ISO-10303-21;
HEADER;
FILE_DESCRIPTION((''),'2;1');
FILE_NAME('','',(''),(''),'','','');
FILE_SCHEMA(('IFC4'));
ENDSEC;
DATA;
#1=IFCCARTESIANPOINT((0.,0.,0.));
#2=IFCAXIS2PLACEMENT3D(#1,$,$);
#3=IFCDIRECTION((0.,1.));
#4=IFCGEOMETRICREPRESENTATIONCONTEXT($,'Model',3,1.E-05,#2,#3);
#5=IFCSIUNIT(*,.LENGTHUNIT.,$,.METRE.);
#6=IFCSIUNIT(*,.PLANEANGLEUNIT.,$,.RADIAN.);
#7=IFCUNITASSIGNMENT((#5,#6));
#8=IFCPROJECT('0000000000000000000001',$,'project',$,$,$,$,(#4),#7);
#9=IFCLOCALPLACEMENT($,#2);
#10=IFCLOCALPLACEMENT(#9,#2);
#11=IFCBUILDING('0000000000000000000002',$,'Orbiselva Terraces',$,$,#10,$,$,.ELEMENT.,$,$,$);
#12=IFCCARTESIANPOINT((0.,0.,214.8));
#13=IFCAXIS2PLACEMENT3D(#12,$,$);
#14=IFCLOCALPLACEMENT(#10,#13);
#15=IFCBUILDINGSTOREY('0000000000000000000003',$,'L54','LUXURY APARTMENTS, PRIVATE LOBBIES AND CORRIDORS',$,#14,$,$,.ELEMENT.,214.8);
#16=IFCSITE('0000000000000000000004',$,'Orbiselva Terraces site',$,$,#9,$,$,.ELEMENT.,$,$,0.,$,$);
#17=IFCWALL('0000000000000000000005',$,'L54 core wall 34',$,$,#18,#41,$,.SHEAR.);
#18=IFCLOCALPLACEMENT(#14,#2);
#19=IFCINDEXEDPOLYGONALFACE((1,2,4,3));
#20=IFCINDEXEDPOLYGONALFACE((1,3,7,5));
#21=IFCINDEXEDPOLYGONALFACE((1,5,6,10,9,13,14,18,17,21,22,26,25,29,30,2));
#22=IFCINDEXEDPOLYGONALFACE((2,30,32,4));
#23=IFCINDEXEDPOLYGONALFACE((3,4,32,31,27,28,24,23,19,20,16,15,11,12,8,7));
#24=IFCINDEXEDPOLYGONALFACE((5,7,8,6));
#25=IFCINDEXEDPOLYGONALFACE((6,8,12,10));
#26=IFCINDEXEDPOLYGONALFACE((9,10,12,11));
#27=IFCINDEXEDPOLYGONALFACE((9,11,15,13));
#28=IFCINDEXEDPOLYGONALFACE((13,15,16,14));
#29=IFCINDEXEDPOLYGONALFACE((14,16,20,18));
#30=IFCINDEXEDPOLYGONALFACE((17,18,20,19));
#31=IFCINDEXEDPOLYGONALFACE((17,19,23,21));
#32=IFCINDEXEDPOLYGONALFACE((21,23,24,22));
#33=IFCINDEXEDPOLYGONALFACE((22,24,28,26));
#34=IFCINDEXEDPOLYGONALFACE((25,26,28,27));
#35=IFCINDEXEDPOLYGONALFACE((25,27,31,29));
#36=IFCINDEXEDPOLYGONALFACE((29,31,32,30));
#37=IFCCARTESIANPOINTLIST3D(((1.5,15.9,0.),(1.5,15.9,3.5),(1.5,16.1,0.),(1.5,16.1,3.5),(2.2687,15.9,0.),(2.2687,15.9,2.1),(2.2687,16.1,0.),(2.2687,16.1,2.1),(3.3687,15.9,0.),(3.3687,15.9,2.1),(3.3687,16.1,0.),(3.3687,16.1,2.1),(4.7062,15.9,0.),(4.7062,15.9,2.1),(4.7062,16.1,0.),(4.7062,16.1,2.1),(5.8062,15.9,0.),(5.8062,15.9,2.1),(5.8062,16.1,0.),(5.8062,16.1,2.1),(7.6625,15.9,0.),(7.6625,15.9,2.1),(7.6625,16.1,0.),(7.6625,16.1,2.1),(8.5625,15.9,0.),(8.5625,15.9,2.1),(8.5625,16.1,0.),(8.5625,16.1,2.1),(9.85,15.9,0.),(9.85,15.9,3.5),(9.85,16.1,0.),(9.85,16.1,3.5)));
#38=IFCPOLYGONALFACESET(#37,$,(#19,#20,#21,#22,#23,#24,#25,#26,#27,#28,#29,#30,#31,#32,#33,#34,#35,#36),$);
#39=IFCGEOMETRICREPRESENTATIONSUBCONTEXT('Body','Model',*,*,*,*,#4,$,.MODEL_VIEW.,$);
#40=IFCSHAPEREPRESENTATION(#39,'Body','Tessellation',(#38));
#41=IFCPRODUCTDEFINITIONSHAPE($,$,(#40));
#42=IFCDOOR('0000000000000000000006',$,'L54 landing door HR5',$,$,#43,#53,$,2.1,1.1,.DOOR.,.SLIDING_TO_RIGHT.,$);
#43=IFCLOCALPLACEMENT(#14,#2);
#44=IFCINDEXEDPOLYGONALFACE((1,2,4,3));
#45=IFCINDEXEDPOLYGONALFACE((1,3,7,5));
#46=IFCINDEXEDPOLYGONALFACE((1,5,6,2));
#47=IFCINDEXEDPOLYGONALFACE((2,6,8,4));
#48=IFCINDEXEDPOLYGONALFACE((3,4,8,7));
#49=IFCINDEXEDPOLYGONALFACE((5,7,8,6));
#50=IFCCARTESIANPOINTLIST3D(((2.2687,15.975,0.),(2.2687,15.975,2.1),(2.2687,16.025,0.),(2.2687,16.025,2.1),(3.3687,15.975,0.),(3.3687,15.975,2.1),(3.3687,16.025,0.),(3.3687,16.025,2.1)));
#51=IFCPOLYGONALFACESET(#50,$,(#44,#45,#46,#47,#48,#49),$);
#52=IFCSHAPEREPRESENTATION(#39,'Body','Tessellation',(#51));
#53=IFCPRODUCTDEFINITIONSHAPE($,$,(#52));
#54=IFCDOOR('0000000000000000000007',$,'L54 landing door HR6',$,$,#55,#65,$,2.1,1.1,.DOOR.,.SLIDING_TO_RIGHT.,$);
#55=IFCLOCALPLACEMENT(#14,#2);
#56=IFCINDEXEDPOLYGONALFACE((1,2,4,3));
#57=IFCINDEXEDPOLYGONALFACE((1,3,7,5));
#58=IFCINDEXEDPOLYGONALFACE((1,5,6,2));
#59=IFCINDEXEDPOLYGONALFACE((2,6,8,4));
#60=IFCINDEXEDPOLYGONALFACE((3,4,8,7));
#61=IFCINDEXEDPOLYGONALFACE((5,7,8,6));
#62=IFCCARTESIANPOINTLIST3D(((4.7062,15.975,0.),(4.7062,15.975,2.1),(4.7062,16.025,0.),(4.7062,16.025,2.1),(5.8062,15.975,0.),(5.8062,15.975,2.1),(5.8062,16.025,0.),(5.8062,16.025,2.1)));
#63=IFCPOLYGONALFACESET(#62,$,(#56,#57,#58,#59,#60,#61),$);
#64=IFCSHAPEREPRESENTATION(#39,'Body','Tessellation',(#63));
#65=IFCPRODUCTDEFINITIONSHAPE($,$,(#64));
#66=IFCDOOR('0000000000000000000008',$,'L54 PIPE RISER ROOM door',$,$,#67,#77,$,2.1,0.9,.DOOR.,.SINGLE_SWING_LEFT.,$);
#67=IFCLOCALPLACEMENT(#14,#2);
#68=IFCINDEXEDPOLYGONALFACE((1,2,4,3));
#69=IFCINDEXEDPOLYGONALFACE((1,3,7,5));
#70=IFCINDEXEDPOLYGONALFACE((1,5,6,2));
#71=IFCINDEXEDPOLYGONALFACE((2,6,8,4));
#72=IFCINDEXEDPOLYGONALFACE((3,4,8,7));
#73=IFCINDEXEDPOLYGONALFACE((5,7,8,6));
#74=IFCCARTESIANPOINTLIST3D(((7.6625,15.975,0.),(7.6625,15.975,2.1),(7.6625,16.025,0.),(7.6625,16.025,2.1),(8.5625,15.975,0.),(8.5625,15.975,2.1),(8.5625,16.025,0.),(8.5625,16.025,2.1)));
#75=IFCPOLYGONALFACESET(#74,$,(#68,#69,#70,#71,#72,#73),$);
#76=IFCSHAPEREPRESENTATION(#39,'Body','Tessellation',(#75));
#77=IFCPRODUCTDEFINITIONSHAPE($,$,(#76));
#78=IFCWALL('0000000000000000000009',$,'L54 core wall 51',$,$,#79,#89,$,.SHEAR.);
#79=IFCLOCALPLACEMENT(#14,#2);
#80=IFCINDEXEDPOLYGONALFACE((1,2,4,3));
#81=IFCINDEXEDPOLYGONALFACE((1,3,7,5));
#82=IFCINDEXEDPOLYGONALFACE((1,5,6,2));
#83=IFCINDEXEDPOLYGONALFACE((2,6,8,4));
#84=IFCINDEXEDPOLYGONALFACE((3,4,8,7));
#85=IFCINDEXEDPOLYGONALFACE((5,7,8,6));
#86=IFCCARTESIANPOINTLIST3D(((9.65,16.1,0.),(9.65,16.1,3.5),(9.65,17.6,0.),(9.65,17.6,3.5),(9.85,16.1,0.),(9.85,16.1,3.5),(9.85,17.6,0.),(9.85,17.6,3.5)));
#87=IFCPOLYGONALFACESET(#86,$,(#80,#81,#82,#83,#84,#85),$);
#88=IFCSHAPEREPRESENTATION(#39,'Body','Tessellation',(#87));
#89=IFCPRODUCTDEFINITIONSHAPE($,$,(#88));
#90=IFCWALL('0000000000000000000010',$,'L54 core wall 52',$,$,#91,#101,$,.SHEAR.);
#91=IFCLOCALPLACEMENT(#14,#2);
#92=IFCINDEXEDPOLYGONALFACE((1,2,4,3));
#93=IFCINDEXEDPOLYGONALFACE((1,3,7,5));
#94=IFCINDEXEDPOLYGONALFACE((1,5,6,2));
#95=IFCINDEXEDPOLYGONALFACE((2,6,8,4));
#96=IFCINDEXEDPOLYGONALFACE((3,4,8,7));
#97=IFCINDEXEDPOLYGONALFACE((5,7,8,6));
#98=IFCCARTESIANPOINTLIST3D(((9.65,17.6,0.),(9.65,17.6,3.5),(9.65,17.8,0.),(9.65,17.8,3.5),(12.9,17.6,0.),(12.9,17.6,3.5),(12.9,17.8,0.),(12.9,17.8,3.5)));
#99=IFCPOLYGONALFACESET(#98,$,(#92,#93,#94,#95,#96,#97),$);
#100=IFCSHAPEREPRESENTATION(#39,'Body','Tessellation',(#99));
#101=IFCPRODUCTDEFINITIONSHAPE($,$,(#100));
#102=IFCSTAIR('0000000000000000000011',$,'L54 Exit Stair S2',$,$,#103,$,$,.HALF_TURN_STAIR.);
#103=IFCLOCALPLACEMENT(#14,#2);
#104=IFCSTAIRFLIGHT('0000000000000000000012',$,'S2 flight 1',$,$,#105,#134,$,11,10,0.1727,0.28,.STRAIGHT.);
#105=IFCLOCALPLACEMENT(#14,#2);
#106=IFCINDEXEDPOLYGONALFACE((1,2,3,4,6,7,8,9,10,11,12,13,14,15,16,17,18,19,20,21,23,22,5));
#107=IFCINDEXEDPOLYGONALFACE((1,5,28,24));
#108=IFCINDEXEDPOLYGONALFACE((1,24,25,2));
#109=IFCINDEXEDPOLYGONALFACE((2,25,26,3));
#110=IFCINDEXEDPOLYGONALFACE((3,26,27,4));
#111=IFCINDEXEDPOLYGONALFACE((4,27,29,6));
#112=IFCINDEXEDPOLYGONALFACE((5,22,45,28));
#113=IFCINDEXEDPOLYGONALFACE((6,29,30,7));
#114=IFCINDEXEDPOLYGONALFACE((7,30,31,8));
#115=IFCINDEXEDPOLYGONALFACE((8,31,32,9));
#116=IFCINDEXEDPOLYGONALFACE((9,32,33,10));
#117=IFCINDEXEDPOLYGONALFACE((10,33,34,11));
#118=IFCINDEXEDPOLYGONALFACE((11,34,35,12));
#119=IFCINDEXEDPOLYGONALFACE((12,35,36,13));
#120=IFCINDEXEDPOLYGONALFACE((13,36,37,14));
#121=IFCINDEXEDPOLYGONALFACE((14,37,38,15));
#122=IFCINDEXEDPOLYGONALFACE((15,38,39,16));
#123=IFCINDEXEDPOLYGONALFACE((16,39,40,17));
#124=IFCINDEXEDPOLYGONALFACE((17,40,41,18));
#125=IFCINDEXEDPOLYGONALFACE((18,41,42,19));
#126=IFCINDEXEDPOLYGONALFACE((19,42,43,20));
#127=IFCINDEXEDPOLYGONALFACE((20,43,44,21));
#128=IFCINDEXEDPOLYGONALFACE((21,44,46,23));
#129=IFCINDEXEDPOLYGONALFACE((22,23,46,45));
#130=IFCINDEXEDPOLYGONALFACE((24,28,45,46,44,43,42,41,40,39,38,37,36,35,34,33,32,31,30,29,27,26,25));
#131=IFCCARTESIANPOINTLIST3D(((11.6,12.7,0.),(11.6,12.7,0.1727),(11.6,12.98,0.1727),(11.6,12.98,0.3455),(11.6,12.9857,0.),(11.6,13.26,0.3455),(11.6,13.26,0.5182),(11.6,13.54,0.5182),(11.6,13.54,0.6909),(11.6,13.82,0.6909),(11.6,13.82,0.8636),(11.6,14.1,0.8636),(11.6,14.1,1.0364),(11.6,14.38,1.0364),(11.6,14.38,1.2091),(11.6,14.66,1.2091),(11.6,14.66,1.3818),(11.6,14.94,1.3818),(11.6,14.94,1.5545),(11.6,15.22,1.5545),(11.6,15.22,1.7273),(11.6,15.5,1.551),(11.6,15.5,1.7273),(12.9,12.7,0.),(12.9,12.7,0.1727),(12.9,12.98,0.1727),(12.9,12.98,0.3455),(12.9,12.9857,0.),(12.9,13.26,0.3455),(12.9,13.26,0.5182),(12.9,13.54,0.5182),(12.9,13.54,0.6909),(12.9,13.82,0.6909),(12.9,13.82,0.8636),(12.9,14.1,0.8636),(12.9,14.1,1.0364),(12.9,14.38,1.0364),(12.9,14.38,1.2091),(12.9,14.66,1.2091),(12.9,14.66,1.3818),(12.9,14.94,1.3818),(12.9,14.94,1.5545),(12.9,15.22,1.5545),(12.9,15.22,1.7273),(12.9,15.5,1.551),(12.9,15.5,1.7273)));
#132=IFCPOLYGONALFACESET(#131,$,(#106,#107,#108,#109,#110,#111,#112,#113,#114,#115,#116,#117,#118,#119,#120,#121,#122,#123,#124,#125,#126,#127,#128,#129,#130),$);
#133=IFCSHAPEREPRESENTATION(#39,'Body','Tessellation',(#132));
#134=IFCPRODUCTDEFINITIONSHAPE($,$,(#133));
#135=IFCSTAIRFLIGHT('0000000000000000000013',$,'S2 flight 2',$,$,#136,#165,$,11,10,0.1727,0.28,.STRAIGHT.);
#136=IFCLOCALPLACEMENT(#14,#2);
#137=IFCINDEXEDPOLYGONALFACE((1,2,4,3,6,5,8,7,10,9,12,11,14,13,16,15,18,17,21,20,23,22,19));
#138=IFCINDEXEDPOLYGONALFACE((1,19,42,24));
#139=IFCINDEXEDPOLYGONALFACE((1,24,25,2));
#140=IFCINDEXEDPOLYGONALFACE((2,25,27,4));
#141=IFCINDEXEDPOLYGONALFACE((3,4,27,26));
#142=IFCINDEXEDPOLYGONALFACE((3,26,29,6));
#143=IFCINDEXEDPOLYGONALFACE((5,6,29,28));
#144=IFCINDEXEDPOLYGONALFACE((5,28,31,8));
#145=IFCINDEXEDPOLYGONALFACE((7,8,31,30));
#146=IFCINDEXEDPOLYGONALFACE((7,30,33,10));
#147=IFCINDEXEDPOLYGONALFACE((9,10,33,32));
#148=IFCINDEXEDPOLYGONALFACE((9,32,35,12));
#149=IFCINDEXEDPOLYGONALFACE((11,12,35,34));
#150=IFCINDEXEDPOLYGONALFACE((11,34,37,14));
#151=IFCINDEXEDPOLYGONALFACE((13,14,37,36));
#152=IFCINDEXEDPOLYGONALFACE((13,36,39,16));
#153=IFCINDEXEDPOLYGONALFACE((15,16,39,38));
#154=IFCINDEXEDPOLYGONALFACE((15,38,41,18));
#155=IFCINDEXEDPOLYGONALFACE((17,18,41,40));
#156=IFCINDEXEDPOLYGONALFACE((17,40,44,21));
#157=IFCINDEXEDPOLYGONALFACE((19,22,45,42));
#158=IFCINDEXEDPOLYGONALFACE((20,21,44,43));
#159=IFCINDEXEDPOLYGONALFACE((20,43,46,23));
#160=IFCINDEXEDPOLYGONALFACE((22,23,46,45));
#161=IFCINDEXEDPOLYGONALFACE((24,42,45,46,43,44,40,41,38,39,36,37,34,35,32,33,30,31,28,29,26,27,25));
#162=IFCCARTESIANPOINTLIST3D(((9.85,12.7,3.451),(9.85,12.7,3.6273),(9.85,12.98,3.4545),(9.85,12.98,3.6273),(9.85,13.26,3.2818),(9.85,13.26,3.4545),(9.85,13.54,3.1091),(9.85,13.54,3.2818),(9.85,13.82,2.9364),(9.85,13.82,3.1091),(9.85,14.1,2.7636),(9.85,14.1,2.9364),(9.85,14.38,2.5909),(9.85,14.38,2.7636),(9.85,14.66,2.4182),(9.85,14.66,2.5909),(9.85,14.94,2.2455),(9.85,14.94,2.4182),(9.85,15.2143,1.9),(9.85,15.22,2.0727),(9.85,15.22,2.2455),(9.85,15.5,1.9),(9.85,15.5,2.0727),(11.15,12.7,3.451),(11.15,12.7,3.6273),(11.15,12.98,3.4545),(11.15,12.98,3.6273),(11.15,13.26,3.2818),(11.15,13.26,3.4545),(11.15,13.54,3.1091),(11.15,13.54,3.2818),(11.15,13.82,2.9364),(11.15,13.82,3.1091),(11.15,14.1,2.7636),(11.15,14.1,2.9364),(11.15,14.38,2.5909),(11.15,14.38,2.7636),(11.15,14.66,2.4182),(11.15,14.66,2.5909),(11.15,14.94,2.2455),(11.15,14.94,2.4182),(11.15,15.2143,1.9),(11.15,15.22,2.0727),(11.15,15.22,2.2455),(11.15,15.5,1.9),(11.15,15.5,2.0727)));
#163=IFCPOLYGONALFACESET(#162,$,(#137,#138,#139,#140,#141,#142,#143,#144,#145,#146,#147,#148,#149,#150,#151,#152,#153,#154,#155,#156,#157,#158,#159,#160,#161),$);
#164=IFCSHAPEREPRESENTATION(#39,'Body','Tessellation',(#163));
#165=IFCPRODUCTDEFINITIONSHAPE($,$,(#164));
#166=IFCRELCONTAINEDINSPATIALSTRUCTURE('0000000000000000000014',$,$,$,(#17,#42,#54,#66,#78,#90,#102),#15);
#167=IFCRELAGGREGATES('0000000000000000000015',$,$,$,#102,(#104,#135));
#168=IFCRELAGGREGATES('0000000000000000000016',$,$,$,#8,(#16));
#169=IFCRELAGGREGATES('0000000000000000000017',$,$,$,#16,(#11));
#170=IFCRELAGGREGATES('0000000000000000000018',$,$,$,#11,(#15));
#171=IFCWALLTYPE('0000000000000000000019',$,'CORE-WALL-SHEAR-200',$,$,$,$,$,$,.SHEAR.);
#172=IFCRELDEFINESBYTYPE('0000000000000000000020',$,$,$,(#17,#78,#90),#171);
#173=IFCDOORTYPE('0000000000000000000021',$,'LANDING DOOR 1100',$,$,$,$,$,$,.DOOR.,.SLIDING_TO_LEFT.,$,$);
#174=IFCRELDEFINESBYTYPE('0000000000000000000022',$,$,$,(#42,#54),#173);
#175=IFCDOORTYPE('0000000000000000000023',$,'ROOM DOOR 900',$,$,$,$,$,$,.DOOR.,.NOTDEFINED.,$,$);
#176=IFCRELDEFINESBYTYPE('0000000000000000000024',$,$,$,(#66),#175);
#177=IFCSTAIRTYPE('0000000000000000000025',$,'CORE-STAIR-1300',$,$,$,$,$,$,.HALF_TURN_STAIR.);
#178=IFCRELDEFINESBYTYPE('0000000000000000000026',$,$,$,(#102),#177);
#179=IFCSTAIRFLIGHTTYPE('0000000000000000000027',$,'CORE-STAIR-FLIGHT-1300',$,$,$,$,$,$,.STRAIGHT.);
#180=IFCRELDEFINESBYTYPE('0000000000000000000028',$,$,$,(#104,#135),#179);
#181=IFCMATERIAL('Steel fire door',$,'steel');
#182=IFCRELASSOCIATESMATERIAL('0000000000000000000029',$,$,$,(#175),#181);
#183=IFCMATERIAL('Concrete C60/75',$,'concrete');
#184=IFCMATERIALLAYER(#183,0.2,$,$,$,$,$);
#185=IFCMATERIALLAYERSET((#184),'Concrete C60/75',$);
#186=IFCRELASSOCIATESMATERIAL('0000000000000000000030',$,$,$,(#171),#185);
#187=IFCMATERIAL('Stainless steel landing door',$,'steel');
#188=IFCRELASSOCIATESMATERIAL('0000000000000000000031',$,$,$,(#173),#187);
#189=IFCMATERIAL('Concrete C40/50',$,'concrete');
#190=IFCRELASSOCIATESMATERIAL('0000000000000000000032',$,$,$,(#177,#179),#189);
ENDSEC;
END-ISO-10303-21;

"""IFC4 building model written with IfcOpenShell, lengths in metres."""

from ifc_helpers import new_model, si_unit, direction, frame, frame_2d, origin, place, context, subcontext, project, spatial, polyline, rectangle, outline, extrude, material, layer, layer_set, type_object, element, fill, aggregate, save


model = new_model("IFC4")

# Units and contexts
model_context = context("Model", 3, precision=1e-05, world=origin(), true_north=direction((0.0, 1.0)))
body_context = subcontext(model_context, "Body", "Model", "MODEL_VIEW")
ifc_project = project(units=[si_unit("LENGTHUNIT", "METRE"), si_unit("PLANEANGLEUNIT", "RADIAN")], contexts=[model_context])

# Site, building, storey
site_placement = place(None, origin())
site = spatial("IfcSite", under=ifc_project, at=site_placement, Name="Orbiselva Terraces site", CompositionType="ELEMENT", RefElevation=0.0)
building_placement = place(site_placement, origin())
building = spatial("IfcBuilding", under=site, at=building_placement, Name="Orbiselva Terraces", CompositionType="ELEMENT")
storey_placement = place(building_placement, frame((0.0, 0.0, 214.8)))
storey = spatial("IfcBuildingStorey", under=building, at=storey_placement, Name="L54", Description="LUXURY APARTMENTS, PRIVATE LOBBIES AND CORRIDORS", CompositionType="ELEMENT", Elevation=214.8)

# Shared definitions
ifc_material_1 = material(Name="Steel fire door", Category="steel")
door_type_1 = type_object("IfcDoorType", Name="ROOM DOOR 900", OperationType="NOTDEFINED", PredefinedType="DOOR", material=ifc_material_1)

# Shared definitions
ifc_material_2 = material(Name="Concrete C40/50", Category="concrete")
ifc_material_3 = material(Name="Concrete C60/75", Category="concrete")
ifc_layer_1 = layer(ifc_material_3, 0.2)
ifc_layer_set_1 = layer_set([ifc_layer_1], Name="Concrete C60/75")
wall_type_1 = type_object("IfcWallType", Name="CORE-WALL-SHEAR-200", PredefinedType="SHEAR", material=ifc_layer_set_1)

# Wall, openings, doors
wall_1_placement = place(storey_placement, frame((9.85, 16.0, 0.0), z_axis=(0.0, 0.0, 1.0), x_axis=(-1.0, 0.0, 0.0)))
wall_1 = element("IfcWall", 1, at=wall_1_placement, inside=storey, type_object=wall_type_1, Name="L54 core wall 34", PredefinedType="SHEAR", context=body_context, shape_type="SweptSolid", body=[
    extrude(rectangle(XDim=8.35, YDim=0.2, at=frame_2d((4.175, 0.0))), origin(), (0.0, 0.0, 1.0), 3.5),
])
opening_1_placement = place(wall_1_placement, frame((6.4813, 0.0, 0.0)))
opening_1 = element("IfcOpeningElement", 2, at=opening_1_placement, cuts=wall_1, PredefinedType="OPENING", context=body_context, shape_type="SweptSolid", body=[
    extrude(rectangle(XDim=1.1, YDim=2.1, at=frame_2d((0.55, 1.05))), frame((0.0, 0.11, 0.0), z_axis=(0.0, -1.0, 0.0), x_axis=(1.0, 0.0, 0.0)), (0.0, 0.0, 1.0), 0.22),
])
opening_2_placement = place(wall_1_placement, frame((4.0438, 0.0, 0.0)))
opening_2 = element("IfcOpeningElement", 3, at=opening_2_placement, cuts=wall_1, PredefinedType="OPENING", context=body_context, shape_type="SweptSolid", body=[
    extrude(rectangle(XDim=1.1, YDim=2.1, at=frame_2d((0.55, 1.05))), frame((0.0, 0.11, 0.0), z_axis=(0.0, -1.0, 0.0), x_axis=(1.0, 0.0, 0.0)), (0.0, 0.0, 1.0), 0.22),
])
opening_3_placement = place(wall_1_placement, frame((1.2875, 0.0, 0.0)))
opening_3 = element("IfcOpeningElement", 4, at=opening_3_placement, cuts=wall_1, PredefinedType="OPENING", context=body_context, shape_type="SweptSolid", body=[
    extrude(rectangle(XDim=0.9, YDim=2.1, at=frame_2d((0.45, 1.05))), frame((0.0, 0.11, 0.0), z_axis=(0.0, -1.0, 0.0), x_axis=(1.0, 0.0, 0.0)), (0.0, 0.0, 1.0), 0.22),
])
ifc_material_4 = material(Name="Stainless steel landing door", Category="steel")
door_type_2 = type_object("IfcDoorType", Name="LANDING DOOR 1100", OperationType="SLIDING_TO_LEFT", PredefinedType="DOOR", material=ifc_material_4)
door_1_placement = place(opening_1_placement, origin())
door_1 = element("IfcDoor", 5, at=door_1_placement, inside=storey, type_object=door_type_2, Name="L54 landing door HR5", OperationType="SLIDING_TO_RIGHT", OverallHeight=2.1, OverallWidth=1.1, PredefinedType="DOOR", context=body_context, shape_type="SweptSolid", body=[
    extrude(rectangle(XDim=1.1, YDim=2.1, at=frame_2d((0.55, 1.05))), frame((0.0, 0.025, 0.0), z_axis=(0.0, -1.0, 0.0), x_axis=(1.0, 0.0, 0.0)), (0.0, 0.0, 1.0), 0.05),
])
fill(opening_1, door_1)
door_2_placement = place(opening_2_placement, origin())
door_2 = element("IfcDoor", 6, at=door_2_placement, inside=storey, type_object=door_type_2, Name="L54 landing door HR6", OperationType="SLIDING_TO_RIGHT", OverallHeight=2.1, OverallWidth=1.1, PredefinedType="DOOR", context=body_context, shape_type="SweptSolid", body=[
    extrude(rectangle(XDim=1.1, YDim=2.1, at=frame_2d((0.55, 1.05))), frame((0.0, 0.025, 0.0), z_axis=(0.0, -1.0, 0.0), x_axis=(1.0, 0.0, 0.0)), (0.0, 0.0, 1.0), 0.05),
])
fill(opening_2, door_2)
door_3_placement = place(opening_3_placement, origin())
door_3 = element("IfcDoor", 7, at=door_3_placement, inside=storey, type_object=door_type_1, Name="L54 PIPE RISER ROOM door", OperationType="SINGLE_SWING_LEFT", OverallHeight=2.1, OverallWidth=0.9, PredefinedType="DOOR", context=body_context, shape_type="SweptSolid", body=[
    extrude(rectangle(XDim=0.9, YDim=2.1, at=frame_2d((0.45, 1.05))), frame((0.0, 0.025, 0.0), z_axis=(0.0, -1.0, 0.0), x_axis=(1.0, 0.0, 0.0)), (0.0, 0.0, 1.0), 0.05),
])
fill(opening_3, door_3)

# Walls
wall_2_placement = place(storey_placement, frame((9.75, 16.1, 0.0), z_axis=(0.0, 0.0, 1.0), x_axis=(0.0, 1.0, 0.0)))
element("IfcWall", 8, at=wall_2_placement, inside=storey, type_object=wall_type_1, Name="L54 core wall 51", PredefinedType="SHEAR", context=body_context, shape_type="SweptSolid", body=[
    extrude(rectangle(XDim=1.5, YDim=0.2, at=frame_2d((0.75, 0.0))), origin(), (0.0, 0.0, 1.0), 3.5),
])
wall_3_placement = place(storey_placement, frame((9.65, 17.7, 0.0), z_axis=(0.0, 0.0, 1.0), x_axis=(1.0, 0.0, 0.0)))
element("IfcWall", 9, at=wall_3_placement, inside=storey, type_object=wall_type_1, Name="L54 core wall 52", PredefinedType="SHEAR", context=body_context, shape_type="SweptSolid", body=[
    extrude(rectangle(XDim=3.25, YDim=0.2, at=frame_2d((1.625, 0.0))), origin(), (0.0, 0.0, 1.0), 3.5),
])

# Stair, stair flights
stair_type = type_object("IfcStairType", Name="CORE-STAIR-1300", PredefinedType="HALF_TURN_STAIR", material=ifc_material_2)
stair_placement = place(storey_placement, origin())
stair = element("IfcStair", 10, at=stair_placement, inside=storey, type_object=stair_type, Name="L54 Exit Stair S2", PredefinedType="HALF_TURN_STAIR")
stair_flight_type = type_object("IfcStairFlightType", Name="CORE-STAIR-FLIGHT-1300", PredefinedType="STRAIGHT", material=ifc_material_2)
stair_flight_1_placement = place(storey_placement, frame((12.25, 12.7, 0.0), z_axis=(0.0, 0.0, 1.0), x_axis=(0.0, 1.0, 0.0)))
stair_flight_1 = element("IfcStairFlight", 11, at=stair_flight_1_placement, type_object=stair_flight_type, Name="S2 flight 1", NumberOfRisers=11, NumberOfTreads=10, PredefinedType="STRAIGHT", RiserHeight=0.1727, TreadLength=0.28, context=body_context, shape_type="SweptSolid", body=[
    extrude(outline(polyline([(0.0, 0.0), (0.0, 0.1727), (0.28, 0.1727), (0.28, 0.3455), (0.56, 0.3455), (0.56, 0.5182), (0.84, 0.5182), (0.84, 0.6909), (1.12, 0.6909), (1.12, 0.8636), (1.4, 0.8636), (1.4, 1.0364), (1.68, 1.0364), (1.68, 1.2091), (1.96, 1.2091), (1.96, 1.3818), (2.24, 1.3818), (2.24, 1.5545), (2.52, 1.5545), (2.52, 1.7273), (2.8, 1.7273), (2.8, 1.9), (2.8, 1.551), (0.2857, 0.0), (0.0, 0.0)])), frame((0.0, 0.65, 0.0), z_axis=(0.0, -1.0, 0.0), x_axis=(1.0, 0.0, 0.0)), (0.0, 0.0, 1.0), 1.3),
])
stair_flight_2_placement = place(storey_placement, frame((10.5, 15.5, 1.9), z_axis=(0.0, 0.0, 1.0), x_axis=(0.0, -1.0, 0.0)))
stair_flight_2 = element("IfcStairFlight", 12, at=stair_flight_2_placement, type_object=stair_flight_type, Name="S2 flight 2", NumberOfRisers=11, NumberOfTreads=10, PredefinedType="STRAIGHT", RiserHeight=0.1727, TreadLength=0.28, context=body_context, shape_type="SweptSolid", body=[
    extrude(outline(polyline([(0.0, 0.0), (0.0, 0.1727), (0.28, 0.1727), (0.28, 0.3455), (0.56, 0.3455), (0.56, 0.5182), (0.84, 0.5182), (0.84, 0.6909), (1.12, 0.6909), (1.12, 0.8636), (1.4, 0.8636), (1.4, 1.0364), (1.68, 1.0364), (1.68, 1.2091), (1.96, 1.2091), (1.96, 1.3818), (2.24, 1.3818), (2.24, 1.5545), (2.52, 1.5545), (2.52, 1.7273), (2.8, 1.7273), (2.8, 1.9), (2.8, 1.551), (0.2857, 0.0), (0.0, 0.0)])), frame((0.0, 0.65, 0.0), z_axis=(0.0, -1.0, 0.0), x_axis=(1.0, 0.0, 0.0)), (0.0, 0.0, 1.0), 1.3),
])
aggregate(stair, [stair_flight_1, stair_flight_2])

save(model, "model.ifc")
